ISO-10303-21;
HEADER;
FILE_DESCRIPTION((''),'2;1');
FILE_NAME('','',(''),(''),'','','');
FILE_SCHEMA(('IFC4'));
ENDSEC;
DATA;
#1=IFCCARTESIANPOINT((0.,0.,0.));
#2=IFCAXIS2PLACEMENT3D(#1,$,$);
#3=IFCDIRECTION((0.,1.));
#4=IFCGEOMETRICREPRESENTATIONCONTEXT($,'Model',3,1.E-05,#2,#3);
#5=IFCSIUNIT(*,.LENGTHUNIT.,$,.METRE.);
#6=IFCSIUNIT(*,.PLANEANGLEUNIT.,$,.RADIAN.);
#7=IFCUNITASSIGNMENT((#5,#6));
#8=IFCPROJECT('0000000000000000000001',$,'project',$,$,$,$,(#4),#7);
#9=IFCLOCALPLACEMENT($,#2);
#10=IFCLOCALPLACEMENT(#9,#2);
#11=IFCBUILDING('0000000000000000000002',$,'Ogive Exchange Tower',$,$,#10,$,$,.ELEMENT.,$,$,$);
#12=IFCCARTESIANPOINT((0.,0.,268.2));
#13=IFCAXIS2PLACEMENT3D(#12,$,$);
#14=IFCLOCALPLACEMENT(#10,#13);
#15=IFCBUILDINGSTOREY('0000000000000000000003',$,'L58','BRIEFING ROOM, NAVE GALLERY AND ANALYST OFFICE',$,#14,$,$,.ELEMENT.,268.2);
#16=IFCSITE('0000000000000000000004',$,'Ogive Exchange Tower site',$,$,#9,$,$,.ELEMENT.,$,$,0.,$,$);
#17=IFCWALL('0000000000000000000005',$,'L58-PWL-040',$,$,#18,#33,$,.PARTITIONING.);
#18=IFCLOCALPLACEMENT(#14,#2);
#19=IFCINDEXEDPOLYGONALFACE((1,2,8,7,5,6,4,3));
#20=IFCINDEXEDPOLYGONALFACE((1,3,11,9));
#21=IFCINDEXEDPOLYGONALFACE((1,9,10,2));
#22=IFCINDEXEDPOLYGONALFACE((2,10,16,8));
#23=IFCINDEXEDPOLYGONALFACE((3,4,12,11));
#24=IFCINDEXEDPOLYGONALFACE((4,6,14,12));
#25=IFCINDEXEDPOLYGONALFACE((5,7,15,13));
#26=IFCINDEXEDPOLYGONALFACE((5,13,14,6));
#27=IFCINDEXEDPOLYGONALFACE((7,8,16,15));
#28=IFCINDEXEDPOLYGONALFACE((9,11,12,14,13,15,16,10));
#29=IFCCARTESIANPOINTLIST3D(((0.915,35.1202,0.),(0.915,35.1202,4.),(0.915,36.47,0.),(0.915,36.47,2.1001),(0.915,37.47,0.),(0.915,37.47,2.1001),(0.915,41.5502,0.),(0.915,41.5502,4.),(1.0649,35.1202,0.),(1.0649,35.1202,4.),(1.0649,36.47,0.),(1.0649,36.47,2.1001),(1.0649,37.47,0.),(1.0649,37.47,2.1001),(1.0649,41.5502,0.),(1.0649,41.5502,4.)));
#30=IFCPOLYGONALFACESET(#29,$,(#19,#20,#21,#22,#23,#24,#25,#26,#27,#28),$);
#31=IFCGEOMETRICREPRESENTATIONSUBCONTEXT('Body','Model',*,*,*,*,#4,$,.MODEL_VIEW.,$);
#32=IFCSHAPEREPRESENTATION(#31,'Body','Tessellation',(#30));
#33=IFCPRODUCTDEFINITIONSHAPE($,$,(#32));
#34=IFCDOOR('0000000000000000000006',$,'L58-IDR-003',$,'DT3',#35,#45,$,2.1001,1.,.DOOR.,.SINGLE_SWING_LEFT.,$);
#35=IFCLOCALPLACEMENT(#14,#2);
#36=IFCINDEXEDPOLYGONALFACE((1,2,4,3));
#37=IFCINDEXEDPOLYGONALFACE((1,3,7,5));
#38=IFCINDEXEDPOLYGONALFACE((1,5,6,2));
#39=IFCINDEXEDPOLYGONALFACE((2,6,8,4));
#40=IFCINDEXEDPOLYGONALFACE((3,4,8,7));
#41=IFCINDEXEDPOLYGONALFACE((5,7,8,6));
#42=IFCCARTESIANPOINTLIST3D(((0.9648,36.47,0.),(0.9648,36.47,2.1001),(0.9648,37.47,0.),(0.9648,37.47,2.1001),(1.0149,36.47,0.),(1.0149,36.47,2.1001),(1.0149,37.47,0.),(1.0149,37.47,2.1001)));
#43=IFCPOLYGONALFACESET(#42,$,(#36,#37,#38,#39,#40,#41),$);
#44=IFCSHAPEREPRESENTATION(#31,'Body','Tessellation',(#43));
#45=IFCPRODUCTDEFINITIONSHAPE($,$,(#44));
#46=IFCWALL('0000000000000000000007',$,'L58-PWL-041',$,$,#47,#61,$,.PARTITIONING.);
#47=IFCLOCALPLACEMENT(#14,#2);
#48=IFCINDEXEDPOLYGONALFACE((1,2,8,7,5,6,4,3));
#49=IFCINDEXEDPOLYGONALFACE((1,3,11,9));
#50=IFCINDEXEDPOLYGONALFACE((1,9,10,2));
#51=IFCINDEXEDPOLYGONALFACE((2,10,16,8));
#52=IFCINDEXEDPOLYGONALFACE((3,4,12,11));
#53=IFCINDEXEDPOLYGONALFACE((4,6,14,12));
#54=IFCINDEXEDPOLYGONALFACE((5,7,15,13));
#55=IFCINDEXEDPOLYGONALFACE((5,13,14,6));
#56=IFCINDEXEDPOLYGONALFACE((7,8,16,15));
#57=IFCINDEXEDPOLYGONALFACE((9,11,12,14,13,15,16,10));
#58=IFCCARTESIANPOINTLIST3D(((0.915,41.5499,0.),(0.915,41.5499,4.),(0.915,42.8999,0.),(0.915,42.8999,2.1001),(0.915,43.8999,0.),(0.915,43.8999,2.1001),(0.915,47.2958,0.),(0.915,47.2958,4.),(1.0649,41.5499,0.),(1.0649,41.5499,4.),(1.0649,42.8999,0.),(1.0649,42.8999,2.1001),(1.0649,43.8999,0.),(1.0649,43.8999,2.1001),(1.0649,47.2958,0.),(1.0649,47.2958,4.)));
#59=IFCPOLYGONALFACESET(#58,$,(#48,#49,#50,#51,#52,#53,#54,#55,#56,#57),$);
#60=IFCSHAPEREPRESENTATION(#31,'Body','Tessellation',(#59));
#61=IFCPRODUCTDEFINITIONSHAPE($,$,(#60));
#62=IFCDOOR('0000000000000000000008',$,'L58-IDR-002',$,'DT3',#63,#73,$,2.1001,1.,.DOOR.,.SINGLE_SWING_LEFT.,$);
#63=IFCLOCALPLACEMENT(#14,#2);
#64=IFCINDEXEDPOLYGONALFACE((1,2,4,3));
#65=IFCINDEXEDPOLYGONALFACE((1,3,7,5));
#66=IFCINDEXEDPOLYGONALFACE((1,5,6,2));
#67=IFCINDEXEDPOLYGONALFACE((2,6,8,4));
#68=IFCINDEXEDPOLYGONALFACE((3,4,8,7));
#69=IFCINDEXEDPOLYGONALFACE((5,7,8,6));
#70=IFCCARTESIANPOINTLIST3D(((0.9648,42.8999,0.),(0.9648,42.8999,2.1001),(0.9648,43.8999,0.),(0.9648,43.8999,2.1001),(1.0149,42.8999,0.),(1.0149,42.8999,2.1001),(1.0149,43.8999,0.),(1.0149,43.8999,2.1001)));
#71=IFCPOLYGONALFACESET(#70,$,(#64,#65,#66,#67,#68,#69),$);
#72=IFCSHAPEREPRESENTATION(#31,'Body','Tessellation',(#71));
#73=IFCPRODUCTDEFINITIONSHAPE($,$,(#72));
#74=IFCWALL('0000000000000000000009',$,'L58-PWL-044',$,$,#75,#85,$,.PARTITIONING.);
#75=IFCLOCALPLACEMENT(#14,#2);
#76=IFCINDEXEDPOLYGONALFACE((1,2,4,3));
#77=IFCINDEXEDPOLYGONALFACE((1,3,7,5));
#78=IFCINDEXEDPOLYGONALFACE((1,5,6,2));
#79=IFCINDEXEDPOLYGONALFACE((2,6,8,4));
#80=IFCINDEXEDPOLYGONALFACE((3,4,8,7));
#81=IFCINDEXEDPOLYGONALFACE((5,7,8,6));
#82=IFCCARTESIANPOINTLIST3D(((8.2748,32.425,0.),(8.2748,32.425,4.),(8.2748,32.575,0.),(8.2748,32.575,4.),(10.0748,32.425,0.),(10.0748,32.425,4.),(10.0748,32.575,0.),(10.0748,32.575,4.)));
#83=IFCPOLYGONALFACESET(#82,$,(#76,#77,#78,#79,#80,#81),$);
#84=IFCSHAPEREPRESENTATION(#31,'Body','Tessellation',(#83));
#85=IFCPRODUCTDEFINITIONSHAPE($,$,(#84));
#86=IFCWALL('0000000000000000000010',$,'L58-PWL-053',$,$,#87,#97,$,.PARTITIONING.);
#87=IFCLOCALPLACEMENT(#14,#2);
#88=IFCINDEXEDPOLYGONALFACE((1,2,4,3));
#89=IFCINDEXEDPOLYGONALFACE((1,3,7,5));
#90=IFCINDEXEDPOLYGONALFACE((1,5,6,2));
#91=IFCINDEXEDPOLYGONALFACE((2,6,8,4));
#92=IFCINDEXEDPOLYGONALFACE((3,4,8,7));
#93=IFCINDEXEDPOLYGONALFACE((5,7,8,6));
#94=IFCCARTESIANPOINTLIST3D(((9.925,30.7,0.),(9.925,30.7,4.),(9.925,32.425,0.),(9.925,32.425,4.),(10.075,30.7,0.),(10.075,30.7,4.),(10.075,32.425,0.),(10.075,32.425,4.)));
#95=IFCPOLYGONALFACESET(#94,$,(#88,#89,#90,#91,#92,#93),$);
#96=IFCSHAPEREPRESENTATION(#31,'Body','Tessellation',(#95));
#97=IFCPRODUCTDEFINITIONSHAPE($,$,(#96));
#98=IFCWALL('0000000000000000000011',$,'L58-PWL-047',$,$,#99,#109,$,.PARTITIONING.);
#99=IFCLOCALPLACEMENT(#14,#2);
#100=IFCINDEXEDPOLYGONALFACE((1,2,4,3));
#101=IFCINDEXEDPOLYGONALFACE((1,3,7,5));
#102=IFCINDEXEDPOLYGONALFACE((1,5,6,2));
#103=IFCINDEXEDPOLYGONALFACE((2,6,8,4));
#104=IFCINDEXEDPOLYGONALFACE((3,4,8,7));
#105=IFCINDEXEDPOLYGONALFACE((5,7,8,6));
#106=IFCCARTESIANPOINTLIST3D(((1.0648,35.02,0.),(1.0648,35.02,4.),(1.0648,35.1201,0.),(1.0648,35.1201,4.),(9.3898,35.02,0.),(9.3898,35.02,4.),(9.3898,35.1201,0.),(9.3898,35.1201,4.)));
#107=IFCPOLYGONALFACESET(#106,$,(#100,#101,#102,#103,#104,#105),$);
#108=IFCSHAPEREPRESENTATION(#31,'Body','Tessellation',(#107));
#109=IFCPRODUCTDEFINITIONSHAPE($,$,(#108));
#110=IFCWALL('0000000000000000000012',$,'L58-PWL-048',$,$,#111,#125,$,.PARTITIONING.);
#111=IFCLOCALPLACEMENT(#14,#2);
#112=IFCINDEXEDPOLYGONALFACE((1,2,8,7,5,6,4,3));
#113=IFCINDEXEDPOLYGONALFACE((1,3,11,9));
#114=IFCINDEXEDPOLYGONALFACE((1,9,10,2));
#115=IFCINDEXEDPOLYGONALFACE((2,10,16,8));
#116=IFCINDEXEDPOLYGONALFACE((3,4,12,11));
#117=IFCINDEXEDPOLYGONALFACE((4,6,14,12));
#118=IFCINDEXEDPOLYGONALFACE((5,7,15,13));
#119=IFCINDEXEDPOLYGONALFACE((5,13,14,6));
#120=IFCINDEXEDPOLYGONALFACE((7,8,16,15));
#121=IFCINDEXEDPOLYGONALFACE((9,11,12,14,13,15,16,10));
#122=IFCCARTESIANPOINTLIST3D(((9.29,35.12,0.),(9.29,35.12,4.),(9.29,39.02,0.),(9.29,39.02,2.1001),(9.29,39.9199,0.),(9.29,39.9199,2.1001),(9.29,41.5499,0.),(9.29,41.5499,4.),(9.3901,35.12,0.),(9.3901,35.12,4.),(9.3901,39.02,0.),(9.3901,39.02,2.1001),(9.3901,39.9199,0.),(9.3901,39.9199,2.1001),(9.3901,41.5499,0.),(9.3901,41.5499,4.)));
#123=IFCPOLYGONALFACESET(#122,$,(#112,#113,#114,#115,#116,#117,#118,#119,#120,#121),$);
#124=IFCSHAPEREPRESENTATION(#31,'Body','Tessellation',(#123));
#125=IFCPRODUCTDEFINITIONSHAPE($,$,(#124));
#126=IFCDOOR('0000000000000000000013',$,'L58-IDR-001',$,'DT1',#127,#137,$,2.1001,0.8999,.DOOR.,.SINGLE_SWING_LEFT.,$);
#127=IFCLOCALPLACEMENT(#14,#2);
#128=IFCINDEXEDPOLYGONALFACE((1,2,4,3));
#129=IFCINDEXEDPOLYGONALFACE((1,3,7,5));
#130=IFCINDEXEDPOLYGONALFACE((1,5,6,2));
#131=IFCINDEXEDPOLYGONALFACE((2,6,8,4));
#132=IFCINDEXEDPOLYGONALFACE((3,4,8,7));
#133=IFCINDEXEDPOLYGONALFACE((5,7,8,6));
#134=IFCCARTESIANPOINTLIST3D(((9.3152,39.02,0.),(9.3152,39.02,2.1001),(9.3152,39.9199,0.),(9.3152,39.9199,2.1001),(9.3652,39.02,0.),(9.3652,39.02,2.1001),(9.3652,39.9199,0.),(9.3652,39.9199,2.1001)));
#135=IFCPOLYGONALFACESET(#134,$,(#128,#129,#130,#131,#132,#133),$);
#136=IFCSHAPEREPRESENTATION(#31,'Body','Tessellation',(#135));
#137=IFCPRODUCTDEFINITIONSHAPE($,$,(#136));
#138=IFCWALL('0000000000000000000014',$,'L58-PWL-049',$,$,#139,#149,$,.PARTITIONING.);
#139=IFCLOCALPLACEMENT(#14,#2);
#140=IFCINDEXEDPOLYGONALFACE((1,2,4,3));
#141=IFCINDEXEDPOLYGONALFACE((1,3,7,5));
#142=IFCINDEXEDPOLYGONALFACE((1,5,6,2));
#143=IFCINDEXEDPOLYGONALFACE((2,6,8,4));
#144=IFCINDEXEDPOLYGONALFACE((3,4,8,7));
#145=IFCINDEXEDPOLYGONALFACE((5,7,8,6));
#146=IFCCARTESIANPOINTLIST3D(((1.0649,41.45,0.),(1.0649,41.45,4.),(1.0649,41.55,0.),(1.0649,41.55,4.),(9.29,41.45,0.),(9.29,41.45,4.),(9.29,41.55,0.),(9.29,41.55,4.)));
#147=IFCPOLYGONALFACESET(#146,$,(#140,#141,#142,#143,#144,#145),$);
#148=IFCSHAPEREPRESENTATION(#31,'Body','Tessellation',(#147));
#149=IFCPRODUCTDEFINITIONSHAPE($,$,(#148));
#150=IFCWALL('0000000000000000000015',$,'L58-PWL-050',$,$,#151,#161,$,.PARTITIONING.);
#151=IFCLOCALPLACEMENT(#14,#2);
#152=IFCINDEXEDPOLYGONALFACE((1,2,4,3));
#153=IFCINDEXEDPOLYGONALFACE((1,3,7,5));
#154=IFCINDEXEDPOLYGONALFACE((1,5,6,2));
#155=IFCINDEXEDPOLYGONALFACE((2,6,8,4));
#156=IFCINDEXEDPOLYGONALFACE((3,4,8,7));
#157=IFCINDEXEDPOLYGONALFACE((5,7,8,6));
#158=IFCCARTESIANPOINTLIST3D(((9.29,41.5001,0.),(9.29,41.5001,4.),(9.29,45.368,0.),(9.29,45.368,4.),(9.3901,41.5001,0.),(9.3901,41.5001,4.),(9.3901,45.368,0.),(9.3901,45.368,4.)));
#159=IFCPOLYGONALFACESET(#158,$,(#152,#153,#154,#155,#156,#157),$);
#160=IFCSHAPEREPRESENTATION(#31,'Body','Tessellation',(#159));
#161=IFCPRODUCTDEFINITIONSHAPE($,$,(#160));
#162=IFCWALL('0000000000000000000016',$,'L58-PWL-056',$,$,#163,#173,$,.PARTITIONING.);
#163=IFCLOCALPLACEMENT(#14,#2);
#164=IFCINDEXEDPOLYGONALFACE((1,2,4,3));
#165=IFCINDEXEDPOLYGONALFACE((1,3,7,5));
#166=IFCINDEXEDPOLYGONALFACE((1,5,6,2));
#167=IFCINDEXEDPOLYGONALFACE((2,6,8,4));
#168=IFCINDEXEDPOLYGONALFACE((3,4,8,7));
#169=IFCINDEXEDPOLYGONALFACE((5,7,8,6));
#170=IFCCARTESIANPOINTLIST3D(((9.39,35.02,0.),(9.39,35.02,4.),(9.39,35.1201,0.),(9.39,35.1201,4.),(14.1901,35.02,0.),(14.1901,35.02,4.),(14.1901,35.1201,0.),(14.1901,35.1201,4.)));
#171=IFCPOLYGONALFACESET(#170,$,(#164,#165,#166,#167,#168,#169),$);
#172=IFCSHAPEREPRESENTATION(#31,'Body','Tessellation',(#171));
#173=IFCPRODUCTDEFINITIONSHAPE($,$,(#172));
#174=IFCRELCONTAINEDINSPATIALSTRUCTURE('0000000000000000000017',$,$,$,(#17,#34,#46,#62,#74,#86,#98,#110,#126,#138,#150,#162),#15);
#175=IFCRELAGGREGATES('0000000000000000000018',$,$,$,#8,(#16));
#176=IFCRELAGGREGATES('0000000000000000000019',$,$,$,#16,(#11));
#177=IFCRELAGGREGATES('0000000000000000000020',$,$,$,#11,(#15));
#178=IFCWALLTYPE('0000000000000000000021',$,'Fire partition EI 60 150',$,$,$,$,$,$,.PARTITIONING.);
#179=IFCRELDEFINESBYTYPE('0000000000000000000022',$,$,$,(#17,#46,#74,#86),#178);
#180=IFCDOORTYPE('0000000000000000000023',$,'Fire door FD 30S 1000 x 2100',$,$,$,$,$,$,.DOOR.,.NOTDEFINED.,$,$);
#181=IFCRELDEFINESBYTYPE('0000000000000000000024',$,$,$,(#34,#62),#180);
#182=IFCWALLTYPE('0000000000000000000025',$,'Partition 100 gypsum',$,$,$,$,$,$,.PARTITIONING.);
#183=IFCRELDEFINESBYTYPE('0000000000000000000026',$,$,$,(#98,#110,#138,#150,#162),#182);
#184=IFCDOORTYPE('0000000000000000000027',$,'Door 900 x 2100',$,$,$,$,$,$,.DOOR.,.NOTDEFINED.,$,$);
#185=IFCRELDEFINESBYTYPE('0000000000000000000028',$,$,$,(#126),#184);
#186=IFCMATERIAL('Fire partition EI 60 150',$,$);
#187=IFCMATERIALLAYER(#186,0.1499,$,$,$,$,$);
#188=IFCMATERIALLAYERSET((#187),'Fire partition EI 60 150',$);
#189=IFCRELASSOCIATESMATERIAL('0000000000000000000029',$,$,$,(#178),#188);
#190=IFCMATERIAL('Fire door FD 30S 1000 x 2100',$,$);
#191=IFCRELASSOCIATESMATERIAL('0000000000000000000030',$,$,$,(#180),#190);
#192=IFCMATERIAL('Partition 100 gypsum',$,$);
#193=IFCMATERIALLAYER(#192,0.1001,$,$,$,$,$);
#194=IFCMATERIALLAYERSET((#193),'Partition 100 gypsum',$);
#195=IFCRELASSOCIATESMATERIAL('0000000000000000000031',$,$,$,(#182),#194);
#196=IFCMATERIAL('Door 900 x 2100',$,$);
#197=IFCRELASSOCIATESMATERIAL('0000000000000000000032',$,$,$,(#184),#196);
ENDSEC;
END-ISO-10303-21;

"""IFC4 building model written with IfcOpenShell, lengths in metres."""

from ifc_helpers import new_model, si_unit, direction, frame, frame_2d, origin, place, context, subcontext, project, spatial, rectangle, extrude, material, layer, layer_set, type_object, element, fill, save


model = new_model("IFC4")

# Units and contexts
model_context = context("Model", 3, precision=1e-05, world=origin(), true_north=direction((0.0, 1.0)))
body_context = subcontext(model_context, "Body", "Model", "MODEL_VIEW")
ifc_project = project(units=[si_unit("LENGTHUNIT", "METRE"), si_unit("PLANEANGLEUNIT", "RADIAN")], contexts=[model_context])

# Site, building, storey
site_placement = place(None, origin())
site = spatial("IfcSite", under=ifc_project, at=site_placement, Name="Ogive Exchange Tower site", CompositionType="ELEMENT", RefElevation=0.0)
building_placement = place(site_placement, origin())
building = spatial("IfcBuilding", under=site, at=building_placement, Name="Ogive Exchange Tower", CompositionType="ELEMENT")
storey_placement = place(building_placement, frame((0.0, 0.0, 268.2)))
storey = spatial("IfcBuildingStorey", under=building, at=storey_placement, Name="L58", Description="BRIEFING ROOM, NAVE GALLERY AND ANALYST OFFICE", CompositionType="ELEMENT", Elevation=268.2)

# Walls, openings, doors
ifc_material_1 = material(Name="Fire partition EI 60 150")
ifc_layer_1 = layer(ifc_material_1, 0.1499)
ifc_layer_set_1 = layer_set([ifc_layer_1], Name="Fire partition EI 60 150")
wall_type_1 = type_object("IfcWallType", Name="Fire partition EI 60 150", PredefinedType="PARTITIONING", material=ifc_layer_set_1)
ifc_material_2 = material(Name="Fire door FD 30S 1000 x 2100")
door_type_1 = type_object("IfcDoorType", Name="Fire door FD 30S 1000 x 2100", OperationType="NOTDEFINED", PredefinedType="DOOR", material=ifc_material_2)
wall_1_placement = place(storey_placement, frame((0.99, 41.55, 0.0), z_axis=(0.0, 0.0, 1.0), x_axis=(0.0, -1.0, 0.0)))
wall_1 = element("IfcWall", 1, at=wall_1_placement, inside=storey, type_object=wall_type_1, Name="L58-PWL-040", PredefinedType="PARTITIONING", context=body_context, shape_type="SweptSolid", body=[
    extrude(rectangle(XDim=6.4299, YDim=0.1499, at=frame_2d((3.2148, 0.0))), origin(), (0.0, 0.0, 1.0), 4.0),
])
opening_1_placement = place(wall_1_placement, frame((4.0801, 0.0, 0.0)))
opening_1 = element("IfcOpeningElement", 2, at=opening_1_placement, cuts=wall_1, PredefinedType="OPENING", context=body_context, shape_type="SweptSolid", body=[
    extrude(rectangle(XDim=1.0, YDim=2.1001, at=frame_2d((0.5, 1.05))), frame((0.0, 0.085, 0.0), z_axis=(0.0, -1.0, 0.0), x_axis=(1.0, 0.0, 0.0)), (0.0, 0.0, 1.0), 0.1699),
])
door_1_placement = place(opening_1_placement, origin())
door_1 = element("IfcDoor", 3, at=door_1_placement, inside=storey, type_object=door_type_1, Name="L58-IDR-003", ObjectType="DT3", OperationType="SINGLE_SWING_LEFT", OverallHeight=2.1001, OverallWidth=1.0, PredefinedType="DOOR", context=body_context, shape_type="SweptSolid", body=[
    extrude(rectangle(XDim=1.0, YDim=2.1001, at=frame_2d((0.5, 1.05))), frame((0.0, 0.0249, 0.0), z_axis=(0.0, -1.0, 0.0), x_axis=(1.0, 0.0, 0.0)), (0.0, 0.0, 1.0), 0.05),
])
fill(opening_1, door_1)
wall_2_placement = place(storey_placement, frame((0.99, 47.2959, 0.0), z_axis=(0.0, 0.0, 1.0), x_axis=(0.0, -1.0, 0.0)))
wall_2 = element("IfcWall", 4, at=wall_2_placement, inside=storey, type_object=wall_type_1, Name="L58-PWL-041", PredefinedType="PARTITIONING", context=body_context, shape_type="SweptSolid", body=[
    extrude(rectangle(XDim=5.7458, YDim=0.1499, at=frame_2d((2.873, 0.0))), origin(), (0.0, 0.0, 1.0), 4.0),
])
opening_2_placement = place(wall_2_placement, frame((3.396, 0.0, 0.0)))
opening_2 = element("IfcOpeningElement", 5, at=opening_2_placement, cuts=wall_2, PredefinedType="OPENING", context=body_context, shape_type="SweptSolid", body=[
    extrude(rectangle(XDim=1.0, YDim=2.1001, at=frame_2d((0.5, 1.05))), frame((0.0, 0.085, 0.0), z_axis=(0.0, -1.0, 0.0), x_axis=(1.0, 0.0, 0.0)), (0.0, 0.0, 1.0), 0.1699),
])
door_2_placement = place(opening_2_placement, origin())
door_2 = element("IfcDoor", 6, at=door_2_placement, inside=storey, type_object=door_type_1, Name="L58-IDR-002", ObjectType="DT3", OperationType="SINGLE_SWING_LEFT", OverallHeight=2.1001, OverallWidth=1.0, PredefinedType="DOOR", context=body_context, shape_type="SweptSolid", body=[
    extrude(rectangle(XDim=1.0, YDim=2.1001, at=frame_2d((0.5, 1.05))), frame((0.0, 0.0249, 0.0), z_axis=(0.0, -1.0, 0.0), x_axis=(1.0, 0.0, 0.0)), (0.0, 0.0, 1.0), 0.05),
])
fill(opening_2, door_2)

# Walls
wall_3_placement = place(storey_placement, frame((8.2749, 32.5, 0.0), z_axis=(0.0, 0.0, 1.0), x_axis=(1.0, 0.0, 0.0)))
element("IfcWall", 7, at=wall_3_placement, inside=storey, type_object=wall_type_1, Name="L58-PWL-044", PredefinedType="PARTITIONING", context=body_context, shape_type="SweptSolid", body=[
    extrude(rectangle(XDim=1.8, YDim=0.1499, at=frame_2d((0.8999, 0.0))), origin(), (0.0, 0.0, 1.0), 4.0),
])
wall_4_placement = place(storey_placement, frame((10.0, 32.425, 0.0), z_axis=(0.0, 0.0, 1.0), x_axis=(0.0, -1.0, 0.0)))
element("IfcWall", 8, at=wall_4_placement, inside=storey, type_object=wall_type_1, Name="L58-PWL-053", PredefinedType="PARTITIONING", context=body_context, shape_type="SweptSolid", body=[
    extrude(rectangle(XDim=1.7251, YDim=0.1499, at=frame_2d((0.8625, 0.0))), origin(), (0.0, 0.0, 1.0), 4.0),
])
ifc_material_3 = material(Name="Partition 100 gypsum")
ifc_layer_2 = layer(ifc_material_3, 0.1001)
ifc_layer_set_2 = layer_set([ifc_layer_2], Name="Partition 100 gypsum")
wall_type_2 = type_object("IfcWallType", Name="Partition 100 gypsum", PredefinedType="PARTITIONING", material=ifc_layer_set_2)
wall_5_placement = place(storey_placement, frame((9.3899, 35.0701, 0.0), z_axis=(0.0, 0.0, 1.0), x_axis=(-1.0, 0.0, 0.0)))
element("IfcWall", 9, at=wall_5_placement, inside=storey, type_object=wall_type_2, Name="L58-PWL-047", PredefinedType="PARTITIONING", context=body_context, shape_type="SweptSolid", body=[
    extrude(rectangle(XDim=8.325, YDim=0.1001, at=frame_2d((4.1626, 0.0))), origin(), (0.0, 0.0, 1.0), 4.0),
])

# Wall, opening, door
wall_6_placement = place(storey_placement, frame((9.3401, 35.1201, 0.0), z_axis=(0.0, 0.0, 1.0), x_axis=(0.0, 1.0, 0.0)))
wall_6 = element("IfcWall", 10, at=wall_6_placement, inside=storey, type_object=wall_type_2, Name="L58-PWL-048", PredefinedType="PARTITIONING", context=body_context, shape_type="SweptSolid", body=[
    extrude(rectangle(XDim=6.4299, YDim=0.1001, at=frame_2d((3.2148, 0.0))), origin(), (0.0, 0.0, 1.0), 4.0),
])
opening_3_placement = place(wall_6_placement, frame((3.8999, 0.0, 0.0)))
opening_3 = element("IfcOpeningElement", 11, at=opening_3_placement, cuts=wall_6, PredefinedType="OPENING", context=body_context, shape_type="SweptSolid", body=[
    extrude(rectangle(XDim=0.8999, YDim=2.1001, at=frame_2d((0.45, 1.05))), frame((0.0, 0.0601, 0.0), z_axis=(0.0, -1.0, 0.0), x_axis=(1.0, 0.0, 0.0)), (0.0, 0.0, 1.0), 0.1201),
])
ifc_material_4 = material(Name="Door 900 x 2100")
door_type_2 = type_object("IfcDoorType", Name="Door 900 x 2100", OperationType="NOTDEFINED", PredefinedType="DOOR", material=ifc_material_4)
door_3_placement = place(opening_3_placement, origin())
door_3 = element("IfcDoor", 12, at=door_3_placement, inside=storey, type_object=door_type_2, Name="L58-IDR-001", ObjectType="DT1", OperationType="SINGLE_SWING_LEFT", OverallHeight=2.1001, OverallWidth=0.8999, PredefinedType="DOOR", context=body_context, shape_type="SweptSolid", body=[
    extrude(rectangle(XDim=0.8999, YDim=2.1001, at=frame_2d((0.45, 1.05))), frame((0.0, 0.0249, 0.0), z_axis=(0.0, -1.0, 0.0), x_axis=(1.0, 0.0, 0.0)), (0.0, 0.0, 1.0), 0.05),
])
fill(opening_3, door_3)

# Walls
wall_7_placement = place(storey_placement, frame((9.29, 41.5, 0.0), z_axis=(0.0, 0.0, 1.0), x_axis=(-1.0, 0.0, 0.0)))
element("IfcWall", 13, at=wall_7_placement, inside=storey, type_object=wall_type_2, Name="L58-PWL-049", PredefinedType="PARTITIONING", context=body_context, shape_type="SweptSolid", body=[
    extrude(rectangle(XDim=8.2251, YDim=0.1001, at=frame_2d((4.1125, 0.0))), origin(), (0.0, 0.0, 1.0), 4.0),
])
wall_8_placement = place(storey_placement, frame((9.3401, 41.5, 0.0), z_axis=(0.0, 0.0, 1.0), x_axis=(0.0, 1.0, 0.0)))
element("IfcWall", 14, at=wall_8_placement, inside=storey, type_object=wall_type_2, Name="L58-PWL-050", PredefinedType="PARTITIONING", context=body_context, shape_type="SweptSolid", body=[
    extrude(rectangle(XDim=3.8679, YDim=0.1001, at=frame_2d((1.9341, 0.0))), origin(), (0.0, 0.0, 1.0), 4.0),
])
wall_9_placement = place(storey_placement, frame((14.1899, 35.0701, 0.0), z_axis=(0.0, 0.0, 1.0), x_axis=(-1.0, 0.0, 0.0)))
element("IfcWall", 15, at=wall_9_placement, inside=storey, type_object=wall_type_2, Name="L58-PWL-056", PredefinedType="PARTITIONING", context=body_context, shape_type="SweptSolid", body=[
    extrude(rectangle(XDim=4.8, YDim=0.1001, at=frame_2d((2.3999, 0.0))), origin(), (0.0, 0.0, 1.0), 4.0),
])

save(model, "model.ifc")
